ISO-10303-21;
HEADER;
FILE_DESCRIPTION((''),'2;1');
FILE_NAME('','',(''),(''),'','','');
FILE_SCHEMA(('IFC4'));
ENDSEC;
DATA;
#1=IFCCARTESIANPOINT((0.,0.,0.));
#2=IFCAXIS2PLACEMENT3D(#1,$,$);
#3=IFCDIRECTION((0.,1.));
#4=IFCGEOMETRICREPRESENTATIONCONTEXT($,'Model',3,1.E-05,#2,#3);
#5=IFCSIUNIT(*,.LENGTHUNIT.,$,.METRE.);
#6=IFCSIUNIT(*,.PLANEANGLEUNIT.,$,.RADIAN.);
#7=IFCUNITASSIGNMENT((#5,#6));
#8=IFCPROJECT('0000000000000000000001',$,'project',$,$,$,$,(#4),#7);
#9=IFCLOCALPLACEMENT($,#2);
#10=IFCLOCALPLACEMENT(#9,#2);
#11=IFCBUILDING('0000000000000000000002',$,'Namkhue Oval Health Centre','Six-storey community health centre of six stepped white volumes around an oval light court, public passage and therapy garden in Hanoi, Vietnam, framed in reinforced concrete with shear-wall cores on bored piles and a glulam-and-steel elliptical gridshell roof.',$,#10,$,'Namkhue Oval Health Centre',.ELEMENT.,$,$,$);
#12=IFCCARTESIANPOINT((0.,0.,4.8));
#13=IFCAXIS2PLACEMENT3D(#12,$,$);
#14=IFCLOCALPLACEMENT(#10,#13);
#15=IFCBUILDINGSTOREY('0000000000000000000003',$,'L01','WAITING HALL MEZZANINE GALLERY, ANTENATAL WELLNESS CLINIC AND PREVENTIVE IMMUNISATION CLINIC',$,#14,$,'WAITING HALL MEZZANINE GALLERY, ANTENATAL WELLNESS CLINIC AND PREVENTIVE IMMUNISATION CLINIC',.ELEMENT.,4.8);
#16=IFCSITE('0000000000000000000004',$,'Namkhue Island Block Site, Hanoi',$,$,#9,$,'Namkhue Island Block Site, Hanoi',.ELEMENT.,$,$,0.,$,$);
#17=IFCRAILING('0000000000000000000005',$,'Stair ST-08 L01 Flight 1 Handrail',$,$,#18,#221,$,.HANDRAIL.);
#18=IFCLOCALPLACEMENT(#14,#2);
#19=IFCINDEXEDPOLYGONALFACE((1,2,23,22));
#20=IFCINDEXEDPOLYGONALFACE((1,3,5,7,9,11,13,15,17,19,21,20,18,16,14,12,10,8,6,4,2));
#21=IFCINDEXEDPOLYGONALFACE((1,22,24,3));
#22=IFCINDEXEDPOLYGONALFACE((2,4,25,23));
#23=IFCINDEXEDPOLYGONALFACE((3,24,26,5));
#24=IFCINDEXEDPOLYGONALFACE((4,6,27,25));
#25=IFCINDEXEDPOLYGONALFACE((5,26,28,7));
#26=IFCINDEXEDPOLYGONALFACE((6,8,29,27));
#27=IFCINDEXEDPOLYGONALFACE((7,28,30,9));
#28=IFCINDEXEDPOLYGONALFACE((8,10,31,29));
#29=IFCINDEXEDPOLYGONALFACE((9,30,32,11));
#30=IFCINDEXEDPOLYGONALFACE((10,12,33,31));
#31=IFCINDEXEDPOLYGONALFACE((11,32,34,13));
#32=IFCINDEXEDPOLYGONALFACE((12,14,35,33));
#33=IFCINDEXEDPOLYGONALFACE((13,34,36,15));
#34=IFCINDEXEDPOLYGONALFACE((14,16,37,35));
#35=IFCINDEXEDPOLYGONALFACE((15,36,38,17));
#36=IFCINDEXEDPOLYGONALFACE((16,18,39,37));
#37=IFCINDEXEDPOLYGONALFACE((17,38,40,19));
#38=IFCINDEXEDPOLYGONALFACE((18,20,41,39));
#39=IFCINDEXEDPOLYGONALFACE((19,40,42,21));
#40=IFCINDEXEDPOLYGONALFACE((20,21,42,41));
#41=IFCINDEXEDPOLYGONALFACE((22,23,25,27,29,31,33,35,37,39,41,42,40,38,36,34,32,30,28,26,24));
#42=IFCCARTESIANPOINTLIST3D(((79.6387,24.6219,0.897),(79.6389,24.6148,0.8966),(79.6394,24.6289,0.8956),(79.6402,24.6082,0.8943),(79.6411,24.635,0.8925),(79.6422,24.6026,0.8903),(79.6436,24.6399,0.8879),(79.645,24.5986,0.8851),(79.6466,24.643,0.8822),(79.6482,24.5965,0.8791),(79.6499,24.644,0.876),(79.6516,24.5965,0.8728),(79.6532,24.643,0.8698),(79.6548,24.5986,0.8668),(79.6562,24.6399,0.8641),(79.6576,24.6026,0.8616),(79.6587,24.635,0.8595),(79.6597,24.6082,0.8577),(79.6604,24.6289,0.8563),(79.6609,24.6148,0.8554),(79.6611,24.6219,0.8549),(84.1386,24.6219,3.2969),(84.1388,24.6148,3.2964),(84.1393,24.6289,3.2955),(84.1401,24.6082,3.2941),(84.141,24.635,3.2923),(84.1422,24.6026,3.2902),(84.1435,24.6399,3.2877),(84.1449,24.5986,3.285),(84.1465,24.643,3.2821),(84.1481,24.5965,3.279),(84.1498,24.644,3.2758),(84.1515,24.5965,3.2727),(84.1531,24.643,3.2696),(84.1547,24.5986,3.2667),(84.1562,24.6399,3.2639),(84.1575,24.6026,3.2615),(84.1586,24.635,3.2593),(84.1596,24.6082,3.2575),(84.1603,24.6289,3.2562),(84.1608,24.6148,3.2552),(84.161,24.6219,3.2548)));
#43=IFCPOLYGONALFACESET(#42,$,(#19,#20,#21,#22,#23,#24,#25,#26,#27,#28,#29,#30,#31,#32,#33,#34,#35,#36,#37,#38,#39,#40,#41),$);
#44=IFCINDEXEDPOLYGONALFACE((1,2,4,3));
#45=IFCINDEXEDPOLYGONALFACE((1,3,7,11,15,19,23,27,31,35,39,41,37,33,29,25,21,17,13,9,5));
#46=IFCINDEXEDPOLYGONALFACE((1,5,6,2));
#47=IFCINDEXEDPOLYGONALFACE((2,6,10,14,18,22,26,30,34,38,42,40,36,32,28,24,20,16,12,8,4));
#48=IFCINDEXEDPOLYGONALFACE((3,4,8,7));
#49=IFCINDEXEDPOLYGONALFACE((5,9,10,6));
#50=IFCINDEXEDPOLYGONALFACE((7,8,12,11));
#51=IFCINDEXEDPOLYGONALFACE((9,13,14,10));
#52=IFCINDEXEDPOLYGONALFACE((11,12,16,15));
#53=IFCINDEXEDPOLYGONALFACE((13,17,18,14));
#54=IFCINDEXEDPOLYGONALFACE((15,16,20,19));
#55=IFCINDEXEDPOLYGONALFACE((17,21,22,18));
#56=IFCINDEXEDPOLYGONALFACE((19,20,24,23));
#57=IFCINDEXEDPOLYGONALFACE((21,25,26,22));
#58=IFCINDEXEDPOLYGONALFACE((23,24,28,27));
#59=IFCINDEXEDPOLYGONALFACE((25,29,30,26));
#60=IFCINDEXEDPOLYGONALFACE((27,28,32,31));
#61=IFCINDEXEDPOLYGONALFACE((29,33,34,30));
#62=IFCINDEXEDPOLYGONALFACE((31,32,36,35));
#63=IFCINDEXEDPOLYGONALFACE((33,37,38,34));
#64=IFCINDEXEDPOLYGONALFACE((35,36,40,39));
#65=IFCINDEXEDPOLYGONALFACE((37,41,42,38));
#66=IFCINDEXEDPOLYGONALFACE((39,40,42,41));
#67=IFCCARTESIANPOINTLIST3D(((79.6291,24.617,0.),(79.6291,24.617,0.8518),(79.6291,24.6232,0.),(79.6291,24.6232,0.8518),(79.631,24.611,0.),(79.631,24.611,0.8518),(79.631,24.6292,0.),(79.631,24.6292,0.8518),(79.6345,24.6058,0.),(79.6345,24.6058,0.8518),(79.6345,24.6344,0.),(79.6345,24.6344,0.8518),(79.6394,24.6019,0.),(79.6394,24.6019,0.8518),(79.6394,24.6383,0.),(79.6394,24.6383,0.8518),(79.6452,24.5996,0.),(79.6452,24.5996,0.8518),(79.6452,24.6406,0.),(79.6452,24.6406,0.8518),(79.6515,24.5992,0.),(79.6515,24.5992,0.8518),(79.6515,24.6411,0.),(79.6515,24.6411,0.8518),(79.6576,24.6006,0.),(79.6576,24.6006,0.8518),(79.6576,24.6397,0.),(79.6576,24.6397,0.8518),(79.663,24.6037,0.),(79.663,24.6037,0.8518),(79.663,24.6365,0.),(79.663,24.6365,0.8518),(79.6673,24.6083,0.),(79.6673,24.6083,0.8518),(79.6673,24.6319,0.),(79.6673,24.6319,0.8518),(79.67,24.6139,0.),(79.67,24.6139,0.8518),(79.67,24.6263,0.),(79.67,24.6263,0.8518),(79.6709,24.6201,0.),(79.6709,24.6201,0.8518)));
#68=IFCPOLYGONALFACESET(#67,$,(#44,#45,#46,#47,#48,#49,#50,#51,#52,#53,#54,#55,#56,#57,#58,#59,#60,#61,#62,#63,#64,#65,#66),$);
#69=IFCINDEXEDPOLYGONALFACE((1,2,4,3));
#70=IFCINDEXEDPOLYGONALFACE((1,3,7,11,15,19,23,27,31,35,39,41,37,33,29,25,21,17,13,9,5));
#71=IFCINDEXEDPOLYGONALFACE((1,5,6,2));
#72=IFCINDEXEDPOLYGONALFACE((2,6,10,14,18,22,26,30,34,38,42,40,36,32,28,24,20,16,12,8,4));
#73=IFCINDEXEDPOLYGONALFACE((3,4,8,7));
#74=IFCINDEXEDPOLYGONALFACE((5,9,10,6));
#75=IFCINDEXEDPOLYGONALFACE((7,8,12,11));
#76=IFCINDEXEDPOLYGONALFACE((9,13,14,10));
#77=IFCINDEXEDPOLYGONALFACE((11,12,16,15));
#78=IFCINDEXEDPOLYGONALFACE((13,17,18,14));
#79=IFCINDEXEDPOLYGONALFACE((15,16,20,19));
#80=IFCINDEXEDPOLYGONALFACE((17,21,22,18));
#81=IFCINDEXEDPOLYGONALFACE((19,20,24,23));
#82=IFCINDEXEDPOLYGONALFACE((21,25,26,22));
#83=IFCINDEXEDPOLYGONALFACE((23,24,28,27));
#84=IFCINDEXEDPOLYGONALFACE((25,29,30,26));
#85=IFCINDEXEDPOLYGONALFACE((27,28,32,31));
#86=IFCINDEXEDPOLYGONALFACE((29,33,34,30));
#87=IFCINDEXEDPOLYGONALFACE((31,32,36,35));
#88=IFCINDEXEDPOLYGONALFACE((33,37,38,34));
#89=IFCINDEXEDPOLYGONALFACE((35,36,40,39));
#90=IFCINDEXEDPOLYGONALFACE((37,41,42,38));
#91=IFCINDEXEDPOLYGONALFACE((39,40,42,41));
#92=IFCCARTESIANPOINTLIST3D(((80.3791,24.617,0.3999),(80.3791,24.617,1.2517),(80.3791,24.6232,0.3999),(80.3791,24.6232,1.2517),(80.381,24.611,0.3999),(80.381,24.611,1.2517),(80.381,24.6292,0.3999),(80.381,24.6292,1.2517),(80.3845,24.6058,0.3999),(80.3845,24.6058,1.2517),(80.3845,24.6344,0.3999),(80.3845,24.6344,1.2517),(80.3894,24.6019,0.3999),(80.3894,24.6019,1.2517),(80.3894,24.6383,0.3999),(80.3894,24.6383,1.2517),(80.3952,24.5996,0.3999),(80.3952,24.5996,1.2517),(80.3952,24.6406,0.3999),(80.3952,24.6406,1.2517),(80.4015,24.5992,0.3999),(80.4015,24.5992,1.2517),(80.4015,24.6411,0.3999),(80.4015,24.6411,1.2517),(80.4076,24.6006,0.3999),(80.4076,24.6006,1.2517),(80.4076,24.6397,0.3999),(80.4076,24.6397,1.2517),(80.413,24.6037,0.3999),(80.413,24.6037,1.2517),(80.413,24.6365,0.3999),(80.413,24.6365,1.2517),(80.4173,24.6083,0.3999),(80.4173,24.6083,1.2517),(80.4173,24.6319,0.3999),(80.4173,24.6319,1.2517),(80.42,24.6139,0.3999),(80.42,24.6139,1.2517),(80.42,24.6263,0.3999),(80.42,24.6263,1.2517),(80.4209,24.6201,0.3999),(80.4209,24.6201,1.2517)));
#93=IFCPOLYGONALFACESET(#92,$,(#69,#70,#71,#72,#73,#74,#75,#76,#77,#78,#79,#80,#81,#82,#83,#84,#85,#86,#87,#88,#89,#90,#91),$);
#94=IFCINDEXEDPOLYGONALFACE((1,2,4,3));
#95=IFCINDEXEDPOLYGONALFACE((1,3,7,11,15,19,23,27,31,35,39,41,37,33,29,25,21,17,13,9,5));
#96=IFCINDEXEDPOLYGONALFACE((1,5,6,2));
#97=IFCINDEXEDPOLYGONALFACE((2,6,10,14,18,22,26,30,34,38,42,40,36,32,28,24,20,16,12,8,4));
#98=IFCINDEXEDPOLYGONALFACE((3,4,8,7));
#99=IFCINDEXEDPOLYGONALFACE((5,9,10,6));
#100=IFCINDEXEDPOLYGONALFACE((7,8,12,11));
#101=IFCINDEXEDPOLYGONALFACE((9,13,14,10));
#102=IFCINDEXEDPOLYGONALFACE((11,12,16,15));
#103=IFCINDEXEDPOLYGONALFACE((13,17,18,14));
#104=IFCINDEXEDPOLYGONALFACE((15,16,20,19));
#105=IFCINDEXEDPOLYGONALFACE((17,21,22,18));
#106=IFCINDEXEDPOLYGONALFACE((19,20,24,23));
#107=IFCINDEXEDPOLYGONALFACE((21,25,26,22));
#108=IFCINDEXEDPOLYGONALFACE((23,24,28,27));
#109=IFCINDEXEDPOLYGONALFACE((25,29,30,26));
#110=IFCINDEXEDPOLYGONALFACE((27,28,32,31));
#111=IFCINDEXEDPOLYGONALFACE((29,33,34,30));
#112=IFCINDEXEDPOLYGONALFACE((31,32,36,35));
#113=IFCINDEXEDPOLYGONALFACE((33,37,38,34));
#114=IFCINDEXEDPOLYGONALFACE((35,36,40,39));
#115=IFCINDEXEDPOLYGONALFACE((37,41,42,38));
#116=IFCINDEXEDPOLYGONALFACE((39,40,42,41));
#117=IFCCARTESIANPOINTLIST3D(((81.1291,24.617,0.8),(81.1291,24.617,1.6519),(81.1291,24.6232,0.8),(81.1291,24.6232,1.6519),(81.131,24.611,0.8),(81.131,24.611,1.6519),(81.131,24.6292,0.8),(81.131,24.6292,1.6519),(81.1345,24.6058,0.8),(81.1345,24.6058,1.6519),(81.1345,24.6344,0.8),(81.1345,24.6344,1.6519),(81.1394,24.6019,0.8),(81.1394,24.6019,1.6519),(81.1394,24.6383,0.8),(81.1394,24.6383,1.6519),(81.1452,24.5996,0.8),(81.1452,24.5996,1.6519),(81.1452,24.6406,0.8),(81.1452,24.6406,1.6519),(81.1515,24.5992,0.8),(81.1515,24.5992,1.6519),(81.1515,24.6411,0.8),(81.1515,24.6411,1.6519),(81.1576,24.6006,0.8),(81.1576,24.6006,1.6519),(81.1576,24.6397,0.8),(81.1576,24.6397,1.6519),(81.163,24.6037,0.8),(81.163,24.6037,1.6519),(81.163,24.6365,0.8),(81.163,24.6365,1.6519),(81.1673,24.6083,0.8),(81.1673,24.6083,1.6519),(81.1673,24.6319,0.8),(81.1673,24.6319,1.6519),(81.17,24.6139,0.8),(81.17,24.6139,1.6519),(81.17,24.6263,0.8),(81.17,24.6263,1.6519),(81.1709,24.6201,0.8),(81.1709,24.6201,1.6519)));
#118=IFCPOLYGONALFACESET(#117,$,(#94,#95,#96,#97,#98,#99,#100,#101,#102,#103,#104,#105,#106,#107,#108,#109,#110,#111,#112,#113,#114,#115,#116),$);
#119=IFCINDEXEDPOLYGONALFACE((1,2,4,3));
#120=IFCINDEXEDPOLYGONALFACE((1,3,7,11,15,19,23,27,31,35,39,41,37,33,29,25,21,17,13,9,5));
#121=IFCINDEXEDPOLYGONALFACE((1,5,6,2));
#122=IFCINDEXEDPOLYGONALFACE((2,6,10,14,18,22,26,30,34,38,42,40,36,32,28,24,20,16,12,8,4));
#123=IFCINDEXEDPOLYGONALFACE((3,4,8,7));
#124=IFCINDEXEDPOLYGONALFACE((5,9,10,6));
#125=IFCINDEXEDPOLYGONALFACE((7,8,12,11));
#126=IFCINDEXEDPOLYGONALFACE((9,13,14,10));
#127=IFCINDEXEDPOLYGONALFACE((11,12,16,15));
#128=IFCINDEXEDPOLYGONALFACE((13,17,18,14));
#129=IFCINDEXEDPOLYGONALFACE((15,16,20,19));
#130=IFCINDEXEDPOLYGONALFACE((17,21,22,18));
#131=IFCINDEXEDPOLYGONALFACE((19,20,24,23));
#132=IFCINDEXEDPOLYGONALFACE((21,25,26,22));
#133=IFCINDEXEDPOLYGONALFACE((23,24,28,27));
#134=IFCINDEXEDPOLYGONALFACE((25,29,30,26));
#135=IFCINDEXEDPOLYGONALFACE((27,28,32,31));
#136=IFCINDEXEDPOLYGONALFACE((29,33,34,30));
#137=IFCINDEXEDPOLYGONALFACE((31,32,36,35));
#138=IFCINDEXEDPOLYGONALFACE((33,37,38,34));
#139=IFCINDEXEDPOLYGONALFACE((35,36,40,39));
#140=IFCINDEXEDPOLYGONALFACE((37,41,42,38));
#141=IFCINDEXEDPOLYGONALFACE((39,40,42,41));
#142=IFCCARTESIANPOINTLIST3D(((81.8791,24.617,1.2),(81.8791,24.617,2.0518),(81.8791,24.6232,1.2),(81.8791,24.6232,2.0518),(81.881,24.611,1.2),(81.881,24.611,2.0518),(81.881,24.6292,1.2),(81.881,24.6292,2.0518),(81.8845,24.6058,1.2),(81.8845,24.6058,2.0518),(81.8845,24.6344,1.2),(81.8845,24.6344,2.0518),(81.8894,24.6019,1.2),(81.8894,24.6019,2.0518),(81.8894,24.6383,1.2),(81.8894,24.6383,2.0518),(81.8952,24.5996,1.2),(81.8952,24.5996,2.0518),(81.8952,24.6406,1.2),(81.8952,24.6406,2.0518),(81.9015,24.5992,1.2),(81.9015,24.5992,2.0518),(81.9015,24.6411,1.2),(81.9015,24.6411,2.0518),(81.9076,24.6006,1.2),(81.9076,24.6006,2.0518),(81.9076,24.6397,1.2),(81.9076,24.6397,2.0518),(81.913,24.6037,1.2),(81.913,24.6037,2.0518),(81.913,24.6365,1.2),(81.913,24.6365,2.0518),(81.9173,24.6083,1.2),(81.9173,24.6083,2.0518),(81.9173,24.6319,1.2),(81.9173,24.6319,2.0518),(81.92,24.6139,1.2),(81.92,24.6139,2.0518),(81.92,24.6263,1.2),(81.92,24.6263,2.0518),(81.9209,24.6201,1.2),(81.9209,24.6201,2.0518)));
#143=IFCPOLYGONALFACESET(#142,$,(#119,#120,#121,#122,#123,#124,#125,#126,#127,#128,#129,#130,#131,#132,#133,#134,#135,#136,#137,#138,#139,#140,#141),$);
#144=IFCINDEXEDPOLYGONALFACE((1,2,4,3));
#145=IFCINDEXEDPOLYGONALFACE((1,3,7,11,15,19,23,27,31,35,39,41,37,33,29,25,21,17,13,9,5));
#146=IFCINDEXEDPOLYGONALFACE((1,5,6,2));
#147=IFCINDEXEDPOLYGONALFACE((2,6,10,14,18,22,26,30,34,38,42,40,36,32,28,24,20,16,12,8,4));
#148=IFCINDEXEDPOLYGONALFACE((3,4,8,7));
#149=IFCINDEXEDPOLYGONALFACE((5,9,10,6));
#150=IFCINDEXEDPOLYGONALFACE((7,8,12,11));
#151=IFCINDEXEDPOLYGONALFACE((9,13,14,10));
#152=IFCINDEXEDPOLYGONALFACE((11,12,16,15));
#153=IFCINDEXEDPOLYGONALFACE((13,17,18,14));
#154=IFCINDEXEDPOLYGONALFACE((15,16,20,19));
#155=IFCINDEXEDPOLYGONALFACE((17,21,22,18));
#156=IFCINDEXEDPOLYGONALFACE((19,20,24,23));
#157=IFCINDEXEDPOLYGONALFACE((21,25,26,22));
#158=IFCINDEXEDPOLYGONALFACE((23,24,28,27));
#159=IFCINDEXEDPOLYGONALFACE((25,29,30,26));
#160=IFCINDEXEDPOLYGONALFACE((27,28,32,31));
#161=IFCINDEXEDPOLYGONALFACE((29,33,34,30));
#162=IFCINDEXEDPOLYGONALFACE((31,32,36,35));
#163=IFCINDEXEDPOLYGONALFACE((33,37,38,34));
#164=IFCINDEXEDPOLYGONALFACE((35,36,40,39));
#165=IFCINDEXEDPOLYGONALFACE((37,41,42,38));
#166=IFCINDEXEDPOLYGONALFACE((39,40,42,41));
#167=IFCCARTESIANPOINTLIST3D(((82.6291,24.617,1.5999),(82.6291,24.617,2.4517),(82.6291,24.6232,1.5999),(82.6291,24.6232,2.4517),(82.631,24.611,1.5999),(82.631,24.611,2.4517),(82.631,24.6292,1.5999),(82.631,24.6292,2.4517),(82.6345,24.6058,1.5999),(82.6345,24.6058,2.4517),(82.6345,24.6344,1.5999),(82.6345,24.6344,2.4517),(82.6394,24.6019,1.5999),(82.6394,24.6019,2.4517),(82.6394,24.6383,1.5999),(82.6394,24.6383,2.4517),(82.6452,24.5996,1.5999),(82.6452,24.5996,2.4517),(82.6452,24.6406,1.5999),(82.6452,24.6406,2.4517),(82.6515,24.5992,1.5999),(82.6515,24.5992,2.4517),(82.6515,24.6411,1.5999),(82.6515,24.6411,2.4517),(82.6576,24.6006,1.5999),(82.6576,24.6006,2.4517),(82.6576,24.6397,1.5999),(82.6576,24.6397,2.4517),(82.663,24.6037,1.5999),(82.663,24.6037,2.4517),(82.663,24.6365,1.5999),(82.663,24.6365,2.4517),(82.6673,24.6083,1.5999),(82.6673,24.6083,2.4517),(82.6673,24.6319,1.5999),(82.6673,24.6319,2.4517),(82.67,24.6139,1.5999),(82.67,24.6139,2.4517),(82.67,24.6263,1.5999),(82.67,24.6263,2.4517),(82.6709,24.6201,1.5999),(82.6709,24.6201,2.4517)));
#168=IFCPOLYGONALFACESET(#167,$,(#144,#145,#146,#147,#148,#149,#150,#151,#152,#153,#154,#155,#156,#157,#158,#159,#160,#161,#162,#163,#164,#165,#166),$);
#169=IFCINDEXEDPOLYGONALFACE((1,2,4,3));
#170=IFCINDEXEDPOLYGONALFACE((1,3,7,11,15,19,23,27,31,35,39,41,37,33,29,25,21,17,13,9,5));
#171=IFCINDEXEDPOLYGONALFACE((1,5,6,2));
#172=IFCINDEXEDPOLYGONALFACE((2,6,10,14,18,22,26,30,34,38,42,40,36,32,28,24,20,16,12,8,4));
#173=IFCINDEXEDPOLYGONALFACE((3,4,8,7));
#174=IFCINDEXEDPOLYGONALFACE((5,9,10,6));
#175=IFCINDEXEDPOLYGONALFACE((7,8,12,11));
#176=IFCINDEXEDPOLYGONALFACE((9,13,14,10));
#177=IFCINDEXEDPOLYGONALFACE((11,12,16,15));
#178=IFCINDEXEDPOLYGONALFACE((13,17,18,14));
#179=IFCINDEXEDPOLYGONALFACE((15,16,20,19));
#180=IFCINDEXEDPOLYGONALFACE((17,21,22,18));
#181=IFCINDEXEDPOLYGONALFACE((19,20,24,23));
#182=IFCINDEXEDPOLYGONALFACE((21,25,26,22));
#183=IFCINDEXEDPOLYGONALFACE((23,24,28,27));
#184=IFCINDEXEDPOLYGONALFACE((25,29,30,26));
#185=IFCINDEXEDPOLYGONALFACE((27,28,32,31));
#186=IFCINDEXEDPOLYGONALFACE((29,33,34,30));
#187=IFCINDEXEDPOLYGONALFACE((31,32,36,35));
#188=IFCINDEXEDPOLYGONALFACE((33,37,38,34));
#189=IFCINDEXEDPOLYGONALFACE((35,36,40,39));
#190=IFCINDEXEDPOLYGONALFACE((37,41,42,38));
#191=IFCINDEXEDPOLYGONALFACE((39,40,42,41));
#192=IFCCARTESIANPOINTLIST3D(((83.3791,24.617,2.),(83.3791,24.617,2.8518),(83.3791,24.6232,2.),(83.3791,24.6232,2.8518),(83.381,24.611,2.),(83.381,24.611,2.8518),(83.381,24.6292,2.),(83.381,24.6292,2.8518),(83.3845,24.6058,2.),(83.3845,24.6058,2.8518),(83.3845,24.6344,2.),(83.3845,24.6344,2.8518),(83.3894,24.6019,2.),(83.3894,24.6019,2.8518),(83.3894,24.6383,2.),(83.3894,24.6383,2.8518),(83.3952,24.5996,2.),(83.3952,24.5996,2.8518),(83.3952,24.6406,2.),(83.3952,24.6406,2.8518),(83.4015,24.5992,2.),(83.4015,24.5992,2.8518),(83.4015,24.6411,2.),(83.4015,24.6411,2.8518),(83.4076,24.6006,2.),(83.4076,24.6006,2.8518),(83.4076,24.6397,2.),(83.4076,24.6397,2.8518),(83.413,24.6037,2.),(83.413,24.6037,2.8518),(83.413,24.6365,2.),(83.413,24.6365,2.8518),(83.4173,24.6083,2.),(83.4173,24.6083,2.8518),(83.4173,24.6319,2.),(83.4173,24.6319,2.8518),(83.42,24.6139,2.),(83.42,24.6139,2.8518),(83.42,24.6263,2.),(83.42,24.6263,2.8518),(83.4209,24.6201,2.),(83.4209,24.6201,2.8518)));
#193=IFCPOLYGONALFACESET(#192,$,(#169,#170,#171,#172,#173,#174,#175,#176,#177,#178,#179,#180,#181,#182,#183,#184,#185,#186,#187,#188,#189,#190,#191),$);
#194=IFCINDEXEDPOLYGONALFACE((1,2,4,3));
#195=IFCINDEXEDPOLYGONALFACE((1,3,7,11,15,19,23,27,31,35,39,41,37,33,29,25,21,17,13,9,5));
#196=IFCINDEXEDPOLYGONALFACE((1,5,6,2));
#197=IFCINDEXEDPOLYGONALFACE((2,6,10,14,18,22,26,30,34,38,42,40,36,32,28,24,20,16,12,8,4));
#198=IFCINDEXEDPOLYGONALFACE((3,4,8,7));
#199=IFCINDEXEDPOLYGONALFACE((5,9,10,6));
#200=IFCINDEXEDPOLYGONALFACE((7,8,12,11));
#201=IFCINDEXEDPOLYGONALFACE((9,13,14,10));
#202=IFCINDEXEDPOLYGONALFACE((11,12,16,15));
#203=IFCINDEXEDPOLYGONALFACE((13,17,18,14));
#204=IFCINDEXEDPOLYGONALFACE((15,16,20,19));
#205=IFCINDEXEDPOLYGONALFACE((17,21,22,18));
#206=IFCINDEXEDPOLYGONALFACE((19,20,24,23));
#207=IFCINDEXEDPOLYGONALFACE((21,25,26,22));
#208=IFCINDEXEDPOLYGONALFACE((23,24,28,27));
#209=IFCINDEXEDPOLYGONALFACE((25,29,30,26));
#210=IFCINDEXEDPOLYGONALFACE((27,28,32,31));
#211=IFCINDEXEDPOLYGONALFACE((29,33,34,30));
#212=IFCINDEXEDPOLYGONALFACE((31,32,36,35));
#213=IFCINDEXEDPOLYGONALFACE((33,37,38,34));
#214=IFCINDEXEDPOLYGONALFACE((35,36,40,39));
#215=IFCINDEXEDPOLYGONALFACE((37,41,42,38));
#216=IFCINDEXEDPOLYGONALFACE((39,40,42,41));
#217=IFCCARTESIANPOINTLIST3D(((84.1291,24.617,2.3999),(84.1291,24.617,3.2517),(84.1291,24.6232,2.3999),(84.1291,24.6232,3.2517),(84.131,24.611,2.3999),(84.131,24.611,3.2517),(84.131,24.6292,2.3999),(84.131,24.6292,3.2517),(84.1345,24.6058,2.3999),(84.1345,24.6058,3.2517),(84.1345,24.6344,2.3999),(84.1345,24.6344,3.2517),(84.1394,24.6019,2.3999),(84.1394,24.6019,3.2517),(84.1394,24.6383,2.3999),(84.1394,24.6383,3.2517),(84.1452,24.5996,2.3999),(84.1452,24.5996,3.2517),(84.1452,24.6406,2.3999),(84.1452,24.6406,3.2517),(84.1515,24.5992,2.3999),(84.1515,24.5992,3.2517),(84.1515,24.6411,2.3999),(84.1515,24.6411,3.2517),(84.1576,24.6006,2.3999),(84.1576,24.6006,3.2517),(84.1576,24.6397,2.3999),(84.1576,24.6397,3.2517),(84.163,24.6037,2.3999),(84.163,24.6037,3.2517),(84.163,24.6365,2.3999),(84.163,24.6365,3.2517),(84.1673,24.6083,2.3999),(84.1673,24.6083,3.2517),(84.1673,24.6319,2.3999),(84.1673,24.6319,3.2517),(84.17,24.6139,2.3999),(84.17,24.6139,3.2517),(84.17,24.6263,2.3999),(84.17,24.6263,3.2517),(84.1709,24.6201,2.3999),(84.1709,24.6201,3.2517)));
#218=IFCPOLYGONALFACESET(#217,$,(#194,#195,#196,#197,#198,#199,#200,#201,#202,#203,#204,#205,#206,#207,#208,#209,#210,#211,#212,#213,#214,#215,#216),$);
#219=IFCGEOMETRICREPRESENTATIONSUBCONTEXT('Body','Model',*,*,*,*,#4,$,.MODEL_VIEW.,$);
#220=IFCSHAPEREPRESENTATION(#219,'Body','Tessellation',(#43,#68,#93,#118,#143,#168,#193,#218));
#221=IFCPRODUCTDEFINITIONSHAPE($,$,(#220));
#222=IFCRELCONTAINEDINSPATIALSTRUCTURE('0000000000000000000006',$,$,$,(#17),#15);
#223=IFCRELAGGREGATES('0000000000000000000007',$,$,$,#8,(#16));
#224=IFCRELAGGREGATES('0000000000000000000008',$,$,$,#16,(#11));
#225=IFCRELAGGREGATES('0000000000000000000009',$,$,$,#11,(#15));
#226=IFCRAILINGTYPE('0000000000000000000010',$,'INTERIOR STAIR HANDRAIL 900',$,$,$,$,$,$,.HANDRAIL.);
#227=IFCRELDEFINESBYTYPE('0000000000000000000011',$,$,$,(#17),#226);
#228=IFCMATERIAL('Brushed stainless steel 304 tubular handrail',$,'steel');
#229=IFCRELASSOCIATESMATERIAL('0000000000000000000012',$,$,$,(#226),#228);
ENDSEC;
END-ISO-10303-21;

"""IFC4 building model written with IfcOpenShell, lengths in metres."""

from ifc_helpers import new_model, si_unit, direction, frame, origin, origin_2d, place, context, subcontext, project, spatial, circle, extrude, material, type_object, element, save


model = new_model("IFC4")

# Units and contexts
model_context = context("Model", 3, precision=1e-05, world=origin(), true_north=direction((0.0, 1.0)))
body_context = subcontext(model_context, "Body", "Model", "MODEL_VIEW")
ifc_project = project(units=[si_unit("LENGTHUNIT", "METRE"), si_unit("PLANEANGLEUNIT", "RADIAN")], contexts=[model_context])

# Site, building, storey
site_placement = place(None, origin())
site = spatial("IfcSite", under=ifc_project, at=site_placement, Name="Namkhue Island Block Site, Hanoi", LongName="Namkhue Island Block Site, Hanoi", CompositionType="ELEMENT", RefElevation=0.0)
building_placement = place(site_placement, origin())
building = spatial("IfcBuilding", under=site, at=building_placement, Name="Namkhue Oval Health Centre", Description="Six-storey community health centre of six stepped white volumes around an oval light court, public passage and therapy garden in Hanoi, Vietnam, framed in reinforced concrete with shear-wall cores on bored piles and a glulam-and-steel elliptical gridshell roof.", LongName="Namkhue Oval Health Centre", CompositionType="ELEMENT")
storey_placement = place(building_placement, frame((0.0, 0.0, 4.8)))
storey = spatial("IfcBuildingStorey", under=building, at=storey_placement, Name="L01", Description="WAITING HALL MEZZANINE GALLERY, ANTENATAL WELLNESS CLINIC AND PREVENTIVE IMMUNISATION CLINIC", LongName="WAITING HALL MEZZANINE GALLERY, ANTENATAL WELLNESS CLINIC AND PREVENTIVE IMMUNISATION CLINIC", CompositionType="ELEMENT", Elevation=4.8)

# Railing
ifc_material_1 = material(Name="Brushed stainless steel 304 tubular handrail", Category="steel")
railing_type_1 = type_object("IfcRailingType", Name="INTERIOR STAIR HANDRAIL 900", PredefinedType="HANDRAIL", material=ifc_material_1)
railing_1_placement = place(storey_placement, frame((79.6499, 24.6201, 0.0)))
element("IfcRailing", 1, at=railing_1_placement, inside=storey, type_object=railing_type_1, Name="Stair ST-08 L01 Flight 1 Handrail", PredefinedType="HANDRAIL", context=body_context, shape_type="SweptSolid", body=[
    extrude(circle(Radius=0.0239, at=origin_2d()), frame((0.0, 0.0, 0.876), z_axis=(0.882361, 0.0, 0.470573), x_axis=(0.0, 1.0, 0.0)), (0.0, 0.0, 1.0), 5.0999),
    extrude(circle(Radius=0.021, at=origin_2d()), origin(), (0.0, 0.0, 1.0), 0.8518),
    extrude(circle(Radius=0.021, at=origin_2d()), frame((0.75, 0.0, 0.3999)), (0.0, 0.0, 1.0), 0.8518),
    extrude(circle(Radius=0.021, at=origin_2d()), frame((1.5, 0.0, 0.8)), (0.0, 0.0, 1.0), 0.8518),
    extrude(circle(Radius=0.021, at=origin_2d()), frame((2.25, 0.0, 1.2)), (0.0, 0.0, 1.0), 0.8518),
    extrude(circle(Radius=0.021, at=origin_2d()), frame((3.0, 0.0, 1.5999)), (0.0, 0.0, 1.0), 0.8518),
    extrude(circle(Radius=0.021, at=origin_2d()), frame((3.75, 0.0, 2.0)), (0.0, 0.0, 1.0), 0.8518),
    extrude(circle(Radius=0.021, at=origin_2d()), frame((4.5, 0.0, 2.3999)), (0.0, 0.0, 1.0), 0.8518),
])

save(model, "model.ifc")
